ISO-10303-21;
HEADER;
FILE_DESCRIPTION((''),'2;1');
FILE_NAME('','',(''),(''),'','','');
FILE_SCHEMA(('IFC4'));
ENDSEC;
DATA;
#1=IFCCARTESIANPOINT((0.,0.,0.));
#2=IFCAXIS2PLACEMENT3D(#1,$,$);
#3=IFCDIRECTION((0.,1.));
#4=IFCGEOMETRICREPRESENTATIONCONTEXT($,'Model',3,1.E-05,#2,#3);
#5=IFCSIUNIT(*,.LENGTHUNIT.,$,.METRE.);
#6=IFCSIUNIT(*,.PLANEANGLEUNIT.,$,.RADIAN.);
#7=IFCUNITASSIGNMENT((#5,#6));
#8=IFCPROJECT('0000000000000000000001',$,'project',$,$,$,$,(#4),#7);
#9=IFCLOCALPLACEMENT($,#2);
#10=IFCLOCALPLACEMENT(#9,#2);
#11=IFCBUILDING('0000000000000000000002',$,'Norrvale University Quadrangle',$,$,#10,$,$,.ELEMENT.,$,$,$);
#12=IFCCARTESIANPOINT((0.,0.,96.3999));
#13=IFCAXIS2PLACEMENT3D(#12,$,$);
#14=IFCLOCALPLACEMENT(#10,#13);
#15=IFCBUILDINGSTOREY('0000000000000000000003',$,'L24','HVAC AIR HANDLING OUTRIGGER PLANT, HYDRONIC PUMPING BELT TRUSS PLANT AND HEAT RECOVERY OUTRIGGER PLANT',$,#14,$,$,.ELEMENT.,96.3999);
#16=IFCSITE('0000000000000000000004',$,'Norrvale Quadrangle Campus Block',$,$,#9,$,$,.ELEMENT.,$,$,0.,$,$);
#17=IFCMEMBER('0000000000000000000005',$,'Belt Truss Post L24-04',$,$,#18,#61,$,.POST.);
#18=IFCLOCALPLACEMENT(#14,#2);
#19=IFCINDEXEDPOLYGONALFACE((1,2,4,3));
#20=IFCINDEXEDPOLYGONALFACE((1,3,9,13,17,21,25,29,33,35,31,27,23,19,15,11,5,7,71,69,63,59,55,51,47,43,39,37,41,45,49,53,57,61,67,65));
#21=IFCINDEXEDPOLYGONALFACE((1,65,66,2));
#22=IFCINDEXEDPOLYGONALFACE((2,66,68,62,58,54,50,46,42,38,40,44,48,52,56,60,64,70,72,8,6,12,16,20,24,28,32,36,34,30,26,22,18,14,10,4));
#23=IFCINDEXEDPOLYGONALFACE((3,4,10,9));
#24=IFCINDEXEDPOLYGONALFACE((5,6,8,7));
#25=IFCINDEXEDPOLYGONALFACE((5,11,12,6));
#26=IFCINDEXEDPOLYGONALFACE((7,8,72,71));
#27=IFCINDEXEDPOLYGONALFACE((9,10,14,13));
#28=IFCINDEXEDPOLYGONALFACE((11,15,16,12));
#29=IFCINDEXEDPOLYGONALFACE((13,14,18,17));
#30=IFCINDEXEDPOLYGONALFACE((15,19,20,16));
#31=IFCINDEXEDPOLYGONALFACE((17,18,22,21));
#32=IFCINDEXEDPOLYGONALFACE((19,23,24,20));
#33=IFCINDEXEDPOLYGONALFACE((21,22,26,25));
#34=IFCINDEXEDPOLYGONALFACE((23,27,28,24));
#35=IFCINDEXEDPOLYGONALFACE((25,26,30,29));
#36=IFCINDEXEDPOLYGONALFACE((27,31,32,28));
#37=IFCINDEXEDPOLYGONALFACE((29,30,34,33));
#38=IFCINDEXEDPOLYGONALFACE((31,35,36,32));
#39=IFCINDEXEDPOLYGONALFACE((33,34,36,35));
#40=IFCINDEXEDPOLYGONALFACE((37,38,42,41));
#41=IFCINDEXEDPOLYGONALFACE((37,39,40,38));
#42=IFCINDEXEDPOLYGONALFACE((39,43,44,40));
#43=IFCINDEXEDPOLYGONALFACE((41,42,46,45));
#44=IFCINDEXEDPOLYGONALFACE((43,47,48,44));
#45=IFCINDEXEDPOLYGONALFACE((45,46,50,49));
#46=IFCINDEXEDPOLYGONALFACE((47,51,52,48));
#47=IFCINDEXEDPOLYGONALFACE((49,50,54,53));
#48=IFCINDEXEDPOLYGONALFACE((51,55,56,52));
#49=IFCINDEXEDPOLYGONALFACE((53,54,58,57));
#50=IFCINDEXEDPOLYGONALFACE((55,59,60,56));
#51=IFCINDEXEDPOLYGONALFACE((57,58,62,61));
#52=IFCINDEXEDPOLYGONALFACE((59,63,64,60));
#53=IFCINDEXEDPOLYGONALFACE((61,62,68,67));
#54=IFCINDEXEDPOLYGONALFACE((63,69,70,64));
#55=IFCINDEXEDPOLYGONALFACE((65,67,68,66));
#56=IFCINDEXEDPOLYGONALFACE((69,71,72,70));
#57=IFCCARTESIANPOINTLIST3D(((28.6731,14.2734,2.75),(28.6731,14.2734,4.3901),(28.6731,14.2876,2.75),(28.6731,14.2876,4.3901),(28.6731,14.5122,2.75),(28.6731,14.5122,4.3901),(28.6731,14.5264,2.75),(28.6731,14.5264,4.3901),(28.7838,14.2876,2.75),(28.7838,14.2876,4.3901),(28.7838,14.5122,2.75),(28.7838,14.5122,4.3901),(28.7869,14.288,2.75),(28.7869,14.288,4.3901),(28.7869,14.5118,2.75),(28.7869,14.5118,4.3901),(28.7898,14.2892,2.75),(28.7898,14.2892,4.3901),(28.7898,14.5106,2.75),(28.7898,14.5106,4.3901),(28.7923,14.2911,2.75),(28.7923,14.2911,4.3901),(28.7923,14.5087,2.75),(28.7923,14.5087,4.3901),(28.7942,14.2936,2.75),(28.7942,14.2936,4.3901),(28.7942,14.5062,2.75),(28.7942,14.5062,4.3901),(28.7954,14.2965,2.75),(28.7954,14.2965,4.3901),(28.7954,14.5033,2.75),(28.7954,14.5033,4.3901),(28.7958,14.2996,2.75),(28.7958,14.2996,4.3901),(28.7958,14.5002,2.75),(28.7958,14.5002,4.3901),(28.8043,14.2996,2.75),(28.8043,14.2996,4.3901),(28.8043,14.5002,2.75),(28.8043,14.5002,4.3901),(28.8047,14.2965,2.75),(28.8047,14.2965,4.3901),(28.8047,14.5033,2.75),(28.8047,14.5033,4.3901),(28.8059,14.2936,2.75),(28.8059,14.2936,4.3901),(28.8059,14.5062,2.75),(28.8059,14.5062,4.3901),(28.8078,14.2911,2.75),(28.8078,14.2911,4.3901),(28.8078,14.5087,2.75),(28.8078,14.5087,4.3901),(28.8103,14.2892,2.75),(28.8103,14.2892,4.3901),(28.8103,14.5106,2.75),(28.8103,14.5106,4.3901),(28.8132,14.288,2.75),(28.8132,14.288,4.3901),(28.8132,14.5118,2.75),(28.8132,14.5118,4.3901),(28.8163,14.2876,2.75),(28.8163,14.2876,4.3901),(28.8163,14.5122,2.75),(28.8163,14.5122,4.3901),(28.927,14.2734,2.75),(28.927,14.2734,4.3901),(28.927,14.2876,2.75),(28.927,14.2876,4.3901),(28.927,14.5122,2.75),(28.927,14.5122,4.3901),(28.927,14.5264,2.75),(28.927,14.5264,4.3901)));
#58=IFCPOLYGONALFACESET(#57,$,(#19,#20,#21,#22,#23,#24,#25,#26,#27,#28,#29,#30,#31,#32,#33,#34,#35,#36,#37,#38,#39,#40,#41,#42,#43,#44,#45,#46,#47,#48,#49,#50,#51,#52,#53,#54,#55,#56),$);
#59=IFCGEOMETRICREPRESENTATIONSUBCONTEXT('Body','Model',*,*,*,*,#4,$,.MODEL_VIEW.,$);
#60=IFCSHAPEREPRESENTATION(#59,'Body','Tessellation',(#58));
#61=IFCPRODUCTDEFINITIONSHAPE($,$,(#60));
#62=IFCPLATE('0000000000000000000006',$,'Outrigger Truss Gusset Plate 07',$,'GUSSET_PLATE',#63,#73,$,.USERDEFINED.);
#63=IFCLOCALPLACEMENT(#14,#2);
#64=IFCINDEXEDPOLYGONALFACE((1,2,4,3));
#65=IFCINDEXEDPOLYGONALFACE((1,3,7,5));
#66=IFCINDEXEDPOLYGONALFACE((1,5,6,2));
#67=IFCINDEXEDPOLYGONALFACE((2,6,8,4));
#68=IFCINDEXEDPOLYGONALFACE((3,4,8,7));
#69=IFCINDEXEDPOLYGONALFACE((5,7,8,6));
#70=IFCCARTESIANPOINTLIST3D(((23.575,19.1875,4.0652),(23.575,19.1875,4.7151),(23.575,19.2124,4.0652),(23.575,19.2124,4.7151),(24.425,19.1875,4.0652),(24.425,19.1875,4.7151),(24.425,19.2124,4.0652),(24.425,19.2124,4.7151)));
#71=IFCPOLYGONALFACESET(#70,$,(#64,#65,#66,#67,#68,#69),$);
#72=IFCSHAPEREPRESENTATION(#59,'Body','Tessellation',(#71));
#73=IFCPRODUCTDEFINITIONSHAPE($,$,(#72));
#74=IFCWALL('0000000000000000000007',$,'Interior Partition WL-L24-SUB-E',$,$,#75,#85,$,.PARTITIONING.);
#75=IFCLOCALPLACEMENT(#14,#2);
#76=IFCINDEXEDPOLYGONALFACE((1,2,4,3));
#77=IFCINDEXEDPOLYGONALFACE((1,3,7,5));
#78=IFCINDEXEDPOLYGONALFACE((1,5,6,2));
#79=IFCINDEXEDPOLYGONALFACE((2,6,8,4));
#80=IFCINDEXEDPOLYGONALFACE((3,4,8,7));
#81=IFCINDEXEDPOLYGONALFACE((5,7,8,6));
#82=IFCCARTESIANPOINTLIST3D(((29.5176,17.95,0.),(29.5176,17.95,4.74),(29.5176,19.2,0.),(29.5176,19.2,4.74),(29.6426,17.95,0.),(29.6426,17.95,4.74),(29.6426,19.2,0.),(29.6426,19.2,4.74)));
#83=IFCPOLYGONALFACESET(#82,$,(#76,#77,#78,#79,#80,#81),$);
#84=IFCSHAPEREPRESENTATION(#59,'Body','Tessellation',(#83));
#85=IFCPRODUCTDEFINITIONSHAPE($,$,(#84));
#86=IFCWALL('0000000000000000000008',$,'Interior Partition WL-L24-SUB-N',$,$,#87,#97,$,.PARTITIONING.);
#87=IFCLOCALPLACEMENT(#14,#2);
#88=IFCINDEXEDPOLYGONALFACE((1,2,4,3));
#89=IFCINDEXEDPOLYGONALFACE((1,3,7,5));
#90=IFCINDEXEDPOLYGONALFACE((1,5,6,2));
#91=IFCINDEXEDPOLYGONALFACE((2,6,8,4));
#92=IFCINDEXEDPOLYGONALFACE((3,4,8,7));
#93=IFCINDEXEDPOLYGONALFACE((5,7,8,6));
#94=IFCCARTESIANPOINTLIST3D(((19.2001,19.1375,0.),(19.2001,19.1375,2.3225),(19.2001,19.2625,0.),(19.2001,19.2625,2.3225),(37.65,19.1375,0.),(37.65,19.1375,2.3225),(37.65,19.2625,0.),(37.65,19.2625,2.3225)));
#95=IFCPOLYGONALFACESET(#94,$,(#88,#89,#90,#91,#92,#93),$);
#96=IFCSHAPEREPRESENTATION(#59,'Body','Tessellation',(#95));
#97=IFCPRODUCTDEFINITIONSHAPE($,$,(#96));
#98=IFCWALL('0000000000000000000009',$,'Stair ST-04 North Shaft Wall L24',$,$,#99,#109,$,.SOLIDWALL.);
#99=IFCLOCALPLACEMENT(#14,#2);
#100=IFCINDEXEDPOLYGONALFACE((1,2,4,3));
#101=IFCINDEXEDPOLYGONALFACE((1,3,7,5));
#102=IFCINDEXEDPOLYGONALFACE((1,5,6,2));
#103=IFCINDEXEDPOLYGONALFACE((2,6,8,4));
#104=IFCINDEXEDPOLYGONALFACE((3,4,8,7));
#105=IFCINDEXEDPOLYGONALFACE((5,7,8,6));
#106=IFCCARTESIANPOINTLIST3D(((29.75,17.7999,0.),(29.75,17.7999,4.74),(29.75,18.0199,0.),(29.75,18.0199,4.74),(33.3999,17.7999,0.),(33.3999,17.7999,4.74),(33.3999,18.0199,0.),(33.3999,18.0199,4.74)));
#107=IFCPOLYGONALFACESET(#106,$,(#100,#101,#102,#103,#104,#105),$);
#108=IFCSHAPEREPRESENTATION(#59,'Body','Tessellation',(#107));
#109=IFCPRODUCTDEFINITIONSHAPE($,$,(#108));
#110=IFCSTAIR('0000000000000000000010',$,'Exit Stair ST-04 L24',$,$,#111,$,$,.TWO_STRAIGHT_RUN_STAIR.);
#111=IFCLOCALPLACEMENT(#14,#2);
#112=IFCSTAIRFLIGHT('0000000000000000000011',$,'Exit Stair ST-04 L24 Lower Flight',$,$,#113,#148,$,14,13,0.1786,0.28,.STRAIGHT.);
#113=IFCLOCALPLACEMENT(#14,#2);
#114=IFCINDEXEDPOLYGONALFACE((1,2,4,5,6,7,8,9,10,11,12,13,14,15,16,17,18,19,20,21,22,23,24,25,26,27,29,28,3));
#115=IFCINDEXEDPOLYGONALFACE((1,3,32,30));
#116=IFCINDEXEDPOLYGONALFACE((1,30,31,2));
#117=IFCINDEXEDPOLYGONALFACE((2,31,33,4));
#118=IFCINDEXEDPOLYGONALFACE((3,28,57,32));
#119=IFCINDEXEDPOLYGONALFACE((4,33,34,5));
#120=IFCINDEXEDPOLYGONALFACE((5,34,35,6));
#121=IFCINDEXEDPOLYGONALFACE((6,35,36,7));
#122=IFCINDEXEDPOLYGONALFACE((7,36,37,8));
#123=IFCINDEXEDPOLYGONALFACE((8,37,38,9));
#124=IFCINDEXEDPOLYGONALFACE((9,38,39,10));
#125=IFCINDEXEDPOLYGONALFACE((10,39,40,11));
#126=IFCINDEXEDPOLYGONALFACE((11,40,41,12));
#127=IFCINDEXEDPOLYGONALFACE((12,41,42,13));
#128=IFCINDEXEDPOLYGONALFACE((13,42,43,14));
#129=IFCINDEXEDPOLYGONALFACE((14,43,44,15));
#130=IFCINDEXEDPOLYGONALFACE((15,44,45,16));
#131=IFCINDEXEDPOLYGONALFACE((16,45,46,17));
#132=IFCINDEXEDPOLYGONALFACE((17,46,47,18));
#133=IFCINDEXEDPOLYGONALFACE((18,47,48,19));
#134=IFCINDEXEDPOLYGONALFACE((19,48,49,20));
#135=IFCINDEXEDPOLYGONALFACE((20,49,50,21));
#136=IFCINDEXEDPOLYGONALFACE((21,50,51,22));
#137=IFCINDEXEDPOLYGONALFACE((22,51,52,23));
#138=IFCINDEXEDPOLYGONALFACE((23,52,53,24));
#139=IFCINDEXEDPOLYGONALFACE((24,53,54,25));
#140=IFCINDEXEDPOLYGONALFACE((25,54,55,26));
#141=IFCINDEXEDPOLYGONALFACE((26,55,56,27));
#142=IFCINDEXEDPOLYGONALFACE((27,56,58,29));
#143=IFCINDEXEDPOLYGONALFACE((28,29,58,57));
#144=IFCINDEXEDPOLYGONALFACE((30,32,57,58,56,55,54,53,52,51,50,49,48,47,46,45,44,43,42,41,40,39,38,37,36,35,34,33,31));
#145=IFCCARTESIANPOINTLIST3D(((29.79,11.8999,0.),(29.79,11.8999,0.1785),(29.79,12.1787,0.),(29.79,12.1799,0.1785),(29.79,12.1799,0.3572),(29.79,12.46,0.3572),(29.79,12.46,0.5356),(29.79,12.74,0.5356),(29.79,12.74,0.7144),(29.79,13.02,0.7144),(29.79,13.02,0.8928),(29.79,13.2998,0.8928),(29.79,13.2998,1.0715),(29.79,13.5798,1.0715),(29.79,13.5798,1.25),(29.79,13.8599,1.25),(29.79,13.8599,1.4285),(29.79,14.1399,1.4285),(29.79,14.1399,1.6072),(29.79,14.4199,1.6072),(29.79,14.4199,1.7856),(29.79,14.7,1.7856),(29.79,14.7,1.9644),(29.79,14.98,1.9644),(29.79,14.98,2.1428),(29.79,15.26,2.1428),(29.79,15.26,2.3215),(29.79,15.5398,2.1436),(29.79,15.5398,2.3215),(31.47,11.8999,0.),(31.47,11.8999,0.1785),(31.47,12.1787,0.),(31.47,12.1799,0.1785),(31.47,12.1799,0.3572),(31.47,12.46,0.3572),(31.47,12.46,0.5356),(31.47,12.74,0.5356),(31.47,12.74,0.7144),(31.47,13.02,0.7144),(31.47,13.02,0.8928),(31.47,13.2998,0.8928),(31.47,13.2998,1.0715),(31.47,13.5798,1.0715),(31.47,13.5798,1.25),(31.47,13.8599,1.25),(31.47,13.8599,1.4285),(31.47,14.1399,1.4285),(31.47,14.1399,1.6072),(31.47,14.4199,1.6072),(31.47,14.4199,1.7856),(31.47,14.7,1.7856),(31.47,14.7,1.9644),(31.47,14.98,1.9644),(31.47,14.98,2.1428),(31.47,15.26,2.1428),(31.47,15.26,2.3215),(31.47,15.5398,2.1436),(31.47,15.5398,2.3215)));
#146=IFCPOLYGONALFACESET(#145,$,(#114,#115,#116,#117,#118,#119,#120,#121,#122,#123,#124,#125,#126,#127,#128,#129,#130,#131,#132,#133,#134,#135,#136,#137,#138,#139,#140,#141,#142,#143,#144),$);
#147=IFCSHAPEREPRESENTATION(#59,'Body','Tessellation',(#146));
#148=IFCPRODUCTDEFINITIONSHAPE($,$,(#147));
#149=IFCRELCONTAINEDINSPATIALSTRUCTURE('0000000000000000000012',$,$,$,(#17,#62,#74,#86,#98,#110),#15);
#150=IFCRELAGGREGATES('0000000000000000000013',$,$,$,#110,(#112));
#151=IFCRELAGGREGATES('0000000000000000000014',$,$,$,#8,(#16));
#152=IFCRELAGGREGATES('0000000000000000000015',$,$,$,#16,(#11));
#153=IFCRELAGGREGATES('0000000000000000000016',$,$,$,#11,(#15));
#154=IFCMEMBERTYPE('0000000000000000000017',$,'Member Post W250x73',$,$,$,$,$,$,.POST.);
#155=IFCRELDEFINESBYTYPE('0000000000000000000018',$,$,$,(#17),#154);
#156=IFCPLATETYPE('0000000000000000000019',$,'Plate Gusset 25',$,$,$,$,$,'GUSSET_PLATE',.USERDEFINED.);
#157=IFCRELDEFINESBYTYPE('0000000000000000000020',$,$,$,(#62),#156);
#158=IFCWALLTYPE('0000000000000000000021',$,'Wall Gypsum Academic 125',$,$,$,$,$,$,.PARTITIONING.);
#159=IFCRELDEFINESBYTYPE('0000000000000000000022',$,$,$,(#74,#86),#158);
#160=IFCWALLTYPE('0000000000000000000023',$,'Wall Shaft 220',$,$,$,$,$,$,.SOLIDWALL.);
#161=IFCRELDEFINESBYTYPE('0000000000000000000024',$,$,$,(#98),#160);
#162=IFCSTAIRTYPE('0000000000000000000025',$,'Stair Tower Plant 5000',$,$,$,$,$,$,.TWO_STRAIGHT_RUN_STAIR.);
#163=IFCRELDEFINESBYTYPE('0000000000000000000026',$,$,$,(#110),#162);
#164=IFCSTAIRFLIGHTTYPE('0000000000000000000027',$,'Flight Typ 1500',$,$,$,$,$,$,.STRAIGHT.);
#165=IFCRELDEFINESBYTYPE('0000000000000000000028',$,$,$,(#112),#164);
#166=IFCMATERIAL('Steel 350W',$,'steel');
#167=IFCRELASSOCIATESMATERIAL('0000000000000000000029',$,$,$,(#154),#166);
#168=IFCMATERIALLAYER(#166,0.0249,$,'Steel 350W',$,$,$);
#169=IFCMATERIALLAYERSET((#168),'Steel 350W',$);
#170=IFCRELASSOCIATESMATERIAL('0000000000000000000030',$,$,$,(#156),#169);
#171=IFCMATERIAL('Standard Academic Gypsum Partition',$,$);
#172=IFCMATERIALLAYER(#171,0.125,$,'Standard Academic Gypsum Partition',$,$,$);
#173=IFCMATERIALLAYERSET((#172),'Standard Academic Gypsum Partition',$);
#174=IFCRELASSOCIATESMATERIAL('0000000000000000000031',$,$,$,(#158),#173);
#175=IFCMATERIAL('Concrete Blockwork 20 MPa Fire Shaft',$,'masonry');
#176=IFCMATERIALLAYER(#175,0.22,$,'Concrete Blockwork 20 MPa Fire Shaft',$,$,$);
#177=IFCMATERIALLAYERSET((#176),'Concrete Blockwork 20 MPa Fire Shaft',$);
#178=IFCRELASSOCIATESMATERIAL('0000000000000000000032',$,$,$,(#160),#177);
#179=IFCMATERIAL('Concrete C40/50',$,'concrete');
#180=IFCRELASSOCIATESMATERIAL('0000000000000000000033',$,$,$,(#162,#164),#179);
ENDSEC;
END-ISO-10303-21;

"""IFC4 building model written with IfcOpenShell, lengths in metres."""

from ifc_helpers import new_model, si_unit, direction, frame, frame_2d, origin, origin_2d, place, context, subcontext, project, spatial, polyline, rectangle, i_section, outline, extrude, material, layer, layer_set, material_profile, profile_set, type_object, element, aggregate, save


model = new_model("IFC4")

# Units and contexts
model_context = context("Model", 3, precision=1e-05, world=origin(), true_north=direction((0.0, 1.0)))
body_context = subcontext(model_context, "Body", "Model", "MODEL_VIEW")
ifc_project = project(units=[si_unit("LENGTHUNIT", "METRE"), si_unit("PLANEANGLEUNIT", "RADIAN")], contexts=[model_context])

# Site, building, storey
site_placement = place(None, origin())
site = spatial("IfcSite", under=ifc_project, at=site_placement, Name="Norrvale Quadrangle Campus Block", CompositionType="ELEMENT", RefElevation=0.0)
building_placement = place(site_placement, origin())
building = spatial("IfcBuilding", under=site, at=building_placement, Name="Norrvale University Quadrangle", CompositionType="ELEMENT")
storey_placement = place(building_placement, frame((0.0, 0.0, 96.3999)))
storey = spatial("IfcBuildingStorey", under=building, at=storey_placement, Name="L24", Description="HVAC AIR HANDLING OUTRIGGER PLANT, HYDRONIC PUMPING BELT TRUSS PLANT AND HEAT RECOVERY OUTRIGGER PLANT", CompositionType="ELEMENT", Elevation=96.3999)

# Shared definitions
ifc_material_1 = material(Name="Steel 350W", Category="steel")

# Member
ifc_material_profile_1 = material_profile(ifc_material_1, i_section(OverallWidth=0.2539, OverallDepth=0.2529, WebThickness=0.0085, FlangeThickness=0.0142, FilletRadius=0.012, at=origin_2d()), Name="Steel 350W")
ifc_profile_set_1 = profile_set([ifc_material_profile_1], Name="Steel 350W")
member_type_1 = type_object("IfcMemberType", Name="Member Post W250x73", PredefinedType="POST", material=ifc_profile_set_1)
member_1_placement = place(storey_placement, frame((28.8, 14.3999, 2.75), z_axis=(0.0, 0.0, 1.0), x_axis=(1.0, 0.0, 0.0)))
element("IfcMember", 1, at=member_1_placement, inside=storey, type_object=member_type_1, Name="Belt Truss Post L24-04", PredefinedType="POST", context=body_context, shape_type="SweptSolid", body=[
    extrude(i_section(OverallWidth=0.2539, OverallDepth=0.2529, WebThickness=0.0085, FlangeThickness=0.0142, FilletRadius=0.012, at=origin_2d()), origin(), (0.0, 0.0, 1.0), 1.6401),
])

# Plate
ifc_layer_1 = layer(ifc_material_1, 0.0249, Name="Steel 350W")
ifc_layer_set_1 = layer_set([ifc_layer_1], Name="Steel 350W")
plate_type = type_object("IfcPlateType", Name="Plate Gusset 25", ElementType="GUSSET_PLATE", PredefinedType="USERDEFINED", material=ifc_layer_set_1)
plate_placement = place(storey_placement, frame((24.0, 19.2, 4.0652), z_axis=(0.0, 0.0, 1.0), x_axis=(1.0, 0.0, 0.0)))
element("IfcPlate", 2, at=plate_placement, inside=storey, type_object=plate_type, Name="Outrigger Truss Gusset Plate 07", ObjectType="GUSSET_PLATE", PredefinedType="USERDEFINED", context=body_context, shape_type="SweptSolid", body=[
    extrude(rectangle(XDim=0.8501, YDim=0.0249, at=origin_2d()), origin(), (0.0, 0.0, 1.0), 0.6499),
])

# Walls
ifc_material_2 = material(Name="Standard Academic Gypsum Partition")
ifc_layer_2 = layer(ifc_material_2, 0.125, Name="Standard Academic Gypsum Partition")
ifc_layer_set_2 = layer_set([ifc_layer_2], Name="Standard Academic Gypsum Partition")
wall_type_1 = type_object("IfcWallType", Name="Wall Gypsum Academic 125", PredefinedType="PARTITIONING", material=ifc_layer_set_2)
wall_1_placement = place(storey_placement, frame((29.5801, 17.95, 0.0), z_axis=(0.0, 0.0, 1.0), x_axis=(0.0, 1.0, 0.0)))
element("IfcWall", 3, at=wall_1_placement, inside=storey, type_object=wall_type_1, Name="Interior Partition WL-L24-SUB-E", PredefinedType="PARTITIONING", context=body_context, shape_type="SweptSolid", body=[
    extrude(rectangle(XDim=1.25, YDim=0.125, at=frame_2d((0.625, 0.0))), origin(), (0.0, 0.0, 1.0), 4.74),
])
wall_2_placement = place(storey_placement, frame((19.2, 19.2, 0.0), z_axis=(0.0, 0.0, 1.0), x_axis=(1.0, 0.0, 0.0)))
element("IfcWall", 4, at=wall_2_placement, inside=storey, type_object=wall_type_1, Name="Interior Partition WL-L24-SUB-N", PredefinedType="PARTITIONING", context=body_context, shape_type="SweptSolid", body=[
    extrude(rectangle(XDim=18.45, YDim=0.125, at=frame_2d((9.2251, 0.0))), origin(), (0.0, 0.0, 1.0), 2.3225),
])
ifc_material_3 = material(Name="Concrete Blockwork 20 MPa Fire Shaft", Category="masonry")
ifc_layer_3 = layer(ifc_material_3, 0.22, Name="Concrete Blockwork 20 MPa Fire Shaft")
ifc_layer_set_3 = layer_set([ifc_layer_3], Name="Concrete Blockwork 20 MPa Fire Shaft")
wall_type_2 = type_object("IfcWallType", Name="Wall Shaft 220", PredefinedType="SOLIDWALL", material=ifc_layer_set_3)
wall_3_placement = place(storey_placement, frame((29.75, 17.9099, 0.0), z_axis=(0.0, 0.0, 1.0), x_axis=(1.0, 0.0, 0.0)))
element("IfcWall", 5, at=wall_3_placement, inside=storey, type_object=wall_type_2, Name="Stair ST-04 North Shaft Wall L24", PredefinedType="SOLIDWALL", context=body_context, shape_type="SweptSolid", body=[
    extrude(rectangle(XDim=3.6499, YDim=0.22, at=frame_2d((1.825, 0.0))), origin(), (0.0, 0.0, 1.0), 4.74),
])

# Stair, stair flight
ifc_material_4 = material(Name="Concrete C40/50", Category="concrete")
stair_type = type_object("IfcStairType", Name="Stair Tower Plant 5000", PredefinedType="TWO_STRAIGHT_RUN_STAIR", material=ifc_material_4)
stair_placement = place(storey_placement, origin())
stair = element("IfcStair", 6, at=stair_placement, inside=storey, type_object=stair_type, Name="Exit Stair ST-04 L24", PredefinedType="TWO_STRAIGHT_RUN_STAIR")
stair_flight_type = type_object("IfcStairFlightType", Name="Flight Typ 1500", PredefinedType="STRAIGHT", material=ifc_material_4)
stair_flight_1_placement = place(storey_placement, frame((30.6299, 11.8999, 0.0), z_axis=(0.0, 0.0, 1.0), x_axis=(0.0, 1.0, 0.0)))
stair_flight_1 = element("IfcStairFlight", 7, at=stair_flight_1_placement, type_object=stair_flight_type, Name="Exit Stair ST-04 L24 Lower Flight", NumberOfRisers=14, NumberOfTreads=13, PredefinedType="STRAIGHT", RiserHeight=0.1786, TreadLength=0.28, context=body_context, shape_type="SweptSolid", body=[
    extrude(outline(polyline([(0.0, 0.0), (0.0, 0.1785), (0.28, 0.1785), (0.28, 0.3572), (0.5601, 0.3572), (0.5601, 0.5356), (0.8401, 0.5356), (0.8401, 0.7144), (1.1201, 0.7144), (1.1201, 0.8928), (1.3999, 0.8928), (1.3999, 1.0715), (1.6799, 1.0715), (1.6799, 1.25), (1.96, 1.25), (1.96, 1.4285), (2.24, 1.4285), (2.24, 1.6072), (2.52, 1.6072), (2.52, 1.7856), (2.8, 1.7856), (2.8, 1.9644), (3.0801, 1.9644), (3.0801, 2.1428), (3.3601, 2.1428), (3.3601, 2.3215), (3.6399, 2.3215), (3.6399, 2.5), (3.6399, 2.1436), (0.2788, 0.0), (0.0, 0.0)])), frame((0.0, 0.8398, 0.0), z_axis=(0.0, -1.0, 0.0), x_axis=(1.0, 0.0, 0.0)), (0.0, 0.0, 1.0), 1.6799),
])
aggregate(stair, [stair_flight_1])

save(model, "model.ifc")
